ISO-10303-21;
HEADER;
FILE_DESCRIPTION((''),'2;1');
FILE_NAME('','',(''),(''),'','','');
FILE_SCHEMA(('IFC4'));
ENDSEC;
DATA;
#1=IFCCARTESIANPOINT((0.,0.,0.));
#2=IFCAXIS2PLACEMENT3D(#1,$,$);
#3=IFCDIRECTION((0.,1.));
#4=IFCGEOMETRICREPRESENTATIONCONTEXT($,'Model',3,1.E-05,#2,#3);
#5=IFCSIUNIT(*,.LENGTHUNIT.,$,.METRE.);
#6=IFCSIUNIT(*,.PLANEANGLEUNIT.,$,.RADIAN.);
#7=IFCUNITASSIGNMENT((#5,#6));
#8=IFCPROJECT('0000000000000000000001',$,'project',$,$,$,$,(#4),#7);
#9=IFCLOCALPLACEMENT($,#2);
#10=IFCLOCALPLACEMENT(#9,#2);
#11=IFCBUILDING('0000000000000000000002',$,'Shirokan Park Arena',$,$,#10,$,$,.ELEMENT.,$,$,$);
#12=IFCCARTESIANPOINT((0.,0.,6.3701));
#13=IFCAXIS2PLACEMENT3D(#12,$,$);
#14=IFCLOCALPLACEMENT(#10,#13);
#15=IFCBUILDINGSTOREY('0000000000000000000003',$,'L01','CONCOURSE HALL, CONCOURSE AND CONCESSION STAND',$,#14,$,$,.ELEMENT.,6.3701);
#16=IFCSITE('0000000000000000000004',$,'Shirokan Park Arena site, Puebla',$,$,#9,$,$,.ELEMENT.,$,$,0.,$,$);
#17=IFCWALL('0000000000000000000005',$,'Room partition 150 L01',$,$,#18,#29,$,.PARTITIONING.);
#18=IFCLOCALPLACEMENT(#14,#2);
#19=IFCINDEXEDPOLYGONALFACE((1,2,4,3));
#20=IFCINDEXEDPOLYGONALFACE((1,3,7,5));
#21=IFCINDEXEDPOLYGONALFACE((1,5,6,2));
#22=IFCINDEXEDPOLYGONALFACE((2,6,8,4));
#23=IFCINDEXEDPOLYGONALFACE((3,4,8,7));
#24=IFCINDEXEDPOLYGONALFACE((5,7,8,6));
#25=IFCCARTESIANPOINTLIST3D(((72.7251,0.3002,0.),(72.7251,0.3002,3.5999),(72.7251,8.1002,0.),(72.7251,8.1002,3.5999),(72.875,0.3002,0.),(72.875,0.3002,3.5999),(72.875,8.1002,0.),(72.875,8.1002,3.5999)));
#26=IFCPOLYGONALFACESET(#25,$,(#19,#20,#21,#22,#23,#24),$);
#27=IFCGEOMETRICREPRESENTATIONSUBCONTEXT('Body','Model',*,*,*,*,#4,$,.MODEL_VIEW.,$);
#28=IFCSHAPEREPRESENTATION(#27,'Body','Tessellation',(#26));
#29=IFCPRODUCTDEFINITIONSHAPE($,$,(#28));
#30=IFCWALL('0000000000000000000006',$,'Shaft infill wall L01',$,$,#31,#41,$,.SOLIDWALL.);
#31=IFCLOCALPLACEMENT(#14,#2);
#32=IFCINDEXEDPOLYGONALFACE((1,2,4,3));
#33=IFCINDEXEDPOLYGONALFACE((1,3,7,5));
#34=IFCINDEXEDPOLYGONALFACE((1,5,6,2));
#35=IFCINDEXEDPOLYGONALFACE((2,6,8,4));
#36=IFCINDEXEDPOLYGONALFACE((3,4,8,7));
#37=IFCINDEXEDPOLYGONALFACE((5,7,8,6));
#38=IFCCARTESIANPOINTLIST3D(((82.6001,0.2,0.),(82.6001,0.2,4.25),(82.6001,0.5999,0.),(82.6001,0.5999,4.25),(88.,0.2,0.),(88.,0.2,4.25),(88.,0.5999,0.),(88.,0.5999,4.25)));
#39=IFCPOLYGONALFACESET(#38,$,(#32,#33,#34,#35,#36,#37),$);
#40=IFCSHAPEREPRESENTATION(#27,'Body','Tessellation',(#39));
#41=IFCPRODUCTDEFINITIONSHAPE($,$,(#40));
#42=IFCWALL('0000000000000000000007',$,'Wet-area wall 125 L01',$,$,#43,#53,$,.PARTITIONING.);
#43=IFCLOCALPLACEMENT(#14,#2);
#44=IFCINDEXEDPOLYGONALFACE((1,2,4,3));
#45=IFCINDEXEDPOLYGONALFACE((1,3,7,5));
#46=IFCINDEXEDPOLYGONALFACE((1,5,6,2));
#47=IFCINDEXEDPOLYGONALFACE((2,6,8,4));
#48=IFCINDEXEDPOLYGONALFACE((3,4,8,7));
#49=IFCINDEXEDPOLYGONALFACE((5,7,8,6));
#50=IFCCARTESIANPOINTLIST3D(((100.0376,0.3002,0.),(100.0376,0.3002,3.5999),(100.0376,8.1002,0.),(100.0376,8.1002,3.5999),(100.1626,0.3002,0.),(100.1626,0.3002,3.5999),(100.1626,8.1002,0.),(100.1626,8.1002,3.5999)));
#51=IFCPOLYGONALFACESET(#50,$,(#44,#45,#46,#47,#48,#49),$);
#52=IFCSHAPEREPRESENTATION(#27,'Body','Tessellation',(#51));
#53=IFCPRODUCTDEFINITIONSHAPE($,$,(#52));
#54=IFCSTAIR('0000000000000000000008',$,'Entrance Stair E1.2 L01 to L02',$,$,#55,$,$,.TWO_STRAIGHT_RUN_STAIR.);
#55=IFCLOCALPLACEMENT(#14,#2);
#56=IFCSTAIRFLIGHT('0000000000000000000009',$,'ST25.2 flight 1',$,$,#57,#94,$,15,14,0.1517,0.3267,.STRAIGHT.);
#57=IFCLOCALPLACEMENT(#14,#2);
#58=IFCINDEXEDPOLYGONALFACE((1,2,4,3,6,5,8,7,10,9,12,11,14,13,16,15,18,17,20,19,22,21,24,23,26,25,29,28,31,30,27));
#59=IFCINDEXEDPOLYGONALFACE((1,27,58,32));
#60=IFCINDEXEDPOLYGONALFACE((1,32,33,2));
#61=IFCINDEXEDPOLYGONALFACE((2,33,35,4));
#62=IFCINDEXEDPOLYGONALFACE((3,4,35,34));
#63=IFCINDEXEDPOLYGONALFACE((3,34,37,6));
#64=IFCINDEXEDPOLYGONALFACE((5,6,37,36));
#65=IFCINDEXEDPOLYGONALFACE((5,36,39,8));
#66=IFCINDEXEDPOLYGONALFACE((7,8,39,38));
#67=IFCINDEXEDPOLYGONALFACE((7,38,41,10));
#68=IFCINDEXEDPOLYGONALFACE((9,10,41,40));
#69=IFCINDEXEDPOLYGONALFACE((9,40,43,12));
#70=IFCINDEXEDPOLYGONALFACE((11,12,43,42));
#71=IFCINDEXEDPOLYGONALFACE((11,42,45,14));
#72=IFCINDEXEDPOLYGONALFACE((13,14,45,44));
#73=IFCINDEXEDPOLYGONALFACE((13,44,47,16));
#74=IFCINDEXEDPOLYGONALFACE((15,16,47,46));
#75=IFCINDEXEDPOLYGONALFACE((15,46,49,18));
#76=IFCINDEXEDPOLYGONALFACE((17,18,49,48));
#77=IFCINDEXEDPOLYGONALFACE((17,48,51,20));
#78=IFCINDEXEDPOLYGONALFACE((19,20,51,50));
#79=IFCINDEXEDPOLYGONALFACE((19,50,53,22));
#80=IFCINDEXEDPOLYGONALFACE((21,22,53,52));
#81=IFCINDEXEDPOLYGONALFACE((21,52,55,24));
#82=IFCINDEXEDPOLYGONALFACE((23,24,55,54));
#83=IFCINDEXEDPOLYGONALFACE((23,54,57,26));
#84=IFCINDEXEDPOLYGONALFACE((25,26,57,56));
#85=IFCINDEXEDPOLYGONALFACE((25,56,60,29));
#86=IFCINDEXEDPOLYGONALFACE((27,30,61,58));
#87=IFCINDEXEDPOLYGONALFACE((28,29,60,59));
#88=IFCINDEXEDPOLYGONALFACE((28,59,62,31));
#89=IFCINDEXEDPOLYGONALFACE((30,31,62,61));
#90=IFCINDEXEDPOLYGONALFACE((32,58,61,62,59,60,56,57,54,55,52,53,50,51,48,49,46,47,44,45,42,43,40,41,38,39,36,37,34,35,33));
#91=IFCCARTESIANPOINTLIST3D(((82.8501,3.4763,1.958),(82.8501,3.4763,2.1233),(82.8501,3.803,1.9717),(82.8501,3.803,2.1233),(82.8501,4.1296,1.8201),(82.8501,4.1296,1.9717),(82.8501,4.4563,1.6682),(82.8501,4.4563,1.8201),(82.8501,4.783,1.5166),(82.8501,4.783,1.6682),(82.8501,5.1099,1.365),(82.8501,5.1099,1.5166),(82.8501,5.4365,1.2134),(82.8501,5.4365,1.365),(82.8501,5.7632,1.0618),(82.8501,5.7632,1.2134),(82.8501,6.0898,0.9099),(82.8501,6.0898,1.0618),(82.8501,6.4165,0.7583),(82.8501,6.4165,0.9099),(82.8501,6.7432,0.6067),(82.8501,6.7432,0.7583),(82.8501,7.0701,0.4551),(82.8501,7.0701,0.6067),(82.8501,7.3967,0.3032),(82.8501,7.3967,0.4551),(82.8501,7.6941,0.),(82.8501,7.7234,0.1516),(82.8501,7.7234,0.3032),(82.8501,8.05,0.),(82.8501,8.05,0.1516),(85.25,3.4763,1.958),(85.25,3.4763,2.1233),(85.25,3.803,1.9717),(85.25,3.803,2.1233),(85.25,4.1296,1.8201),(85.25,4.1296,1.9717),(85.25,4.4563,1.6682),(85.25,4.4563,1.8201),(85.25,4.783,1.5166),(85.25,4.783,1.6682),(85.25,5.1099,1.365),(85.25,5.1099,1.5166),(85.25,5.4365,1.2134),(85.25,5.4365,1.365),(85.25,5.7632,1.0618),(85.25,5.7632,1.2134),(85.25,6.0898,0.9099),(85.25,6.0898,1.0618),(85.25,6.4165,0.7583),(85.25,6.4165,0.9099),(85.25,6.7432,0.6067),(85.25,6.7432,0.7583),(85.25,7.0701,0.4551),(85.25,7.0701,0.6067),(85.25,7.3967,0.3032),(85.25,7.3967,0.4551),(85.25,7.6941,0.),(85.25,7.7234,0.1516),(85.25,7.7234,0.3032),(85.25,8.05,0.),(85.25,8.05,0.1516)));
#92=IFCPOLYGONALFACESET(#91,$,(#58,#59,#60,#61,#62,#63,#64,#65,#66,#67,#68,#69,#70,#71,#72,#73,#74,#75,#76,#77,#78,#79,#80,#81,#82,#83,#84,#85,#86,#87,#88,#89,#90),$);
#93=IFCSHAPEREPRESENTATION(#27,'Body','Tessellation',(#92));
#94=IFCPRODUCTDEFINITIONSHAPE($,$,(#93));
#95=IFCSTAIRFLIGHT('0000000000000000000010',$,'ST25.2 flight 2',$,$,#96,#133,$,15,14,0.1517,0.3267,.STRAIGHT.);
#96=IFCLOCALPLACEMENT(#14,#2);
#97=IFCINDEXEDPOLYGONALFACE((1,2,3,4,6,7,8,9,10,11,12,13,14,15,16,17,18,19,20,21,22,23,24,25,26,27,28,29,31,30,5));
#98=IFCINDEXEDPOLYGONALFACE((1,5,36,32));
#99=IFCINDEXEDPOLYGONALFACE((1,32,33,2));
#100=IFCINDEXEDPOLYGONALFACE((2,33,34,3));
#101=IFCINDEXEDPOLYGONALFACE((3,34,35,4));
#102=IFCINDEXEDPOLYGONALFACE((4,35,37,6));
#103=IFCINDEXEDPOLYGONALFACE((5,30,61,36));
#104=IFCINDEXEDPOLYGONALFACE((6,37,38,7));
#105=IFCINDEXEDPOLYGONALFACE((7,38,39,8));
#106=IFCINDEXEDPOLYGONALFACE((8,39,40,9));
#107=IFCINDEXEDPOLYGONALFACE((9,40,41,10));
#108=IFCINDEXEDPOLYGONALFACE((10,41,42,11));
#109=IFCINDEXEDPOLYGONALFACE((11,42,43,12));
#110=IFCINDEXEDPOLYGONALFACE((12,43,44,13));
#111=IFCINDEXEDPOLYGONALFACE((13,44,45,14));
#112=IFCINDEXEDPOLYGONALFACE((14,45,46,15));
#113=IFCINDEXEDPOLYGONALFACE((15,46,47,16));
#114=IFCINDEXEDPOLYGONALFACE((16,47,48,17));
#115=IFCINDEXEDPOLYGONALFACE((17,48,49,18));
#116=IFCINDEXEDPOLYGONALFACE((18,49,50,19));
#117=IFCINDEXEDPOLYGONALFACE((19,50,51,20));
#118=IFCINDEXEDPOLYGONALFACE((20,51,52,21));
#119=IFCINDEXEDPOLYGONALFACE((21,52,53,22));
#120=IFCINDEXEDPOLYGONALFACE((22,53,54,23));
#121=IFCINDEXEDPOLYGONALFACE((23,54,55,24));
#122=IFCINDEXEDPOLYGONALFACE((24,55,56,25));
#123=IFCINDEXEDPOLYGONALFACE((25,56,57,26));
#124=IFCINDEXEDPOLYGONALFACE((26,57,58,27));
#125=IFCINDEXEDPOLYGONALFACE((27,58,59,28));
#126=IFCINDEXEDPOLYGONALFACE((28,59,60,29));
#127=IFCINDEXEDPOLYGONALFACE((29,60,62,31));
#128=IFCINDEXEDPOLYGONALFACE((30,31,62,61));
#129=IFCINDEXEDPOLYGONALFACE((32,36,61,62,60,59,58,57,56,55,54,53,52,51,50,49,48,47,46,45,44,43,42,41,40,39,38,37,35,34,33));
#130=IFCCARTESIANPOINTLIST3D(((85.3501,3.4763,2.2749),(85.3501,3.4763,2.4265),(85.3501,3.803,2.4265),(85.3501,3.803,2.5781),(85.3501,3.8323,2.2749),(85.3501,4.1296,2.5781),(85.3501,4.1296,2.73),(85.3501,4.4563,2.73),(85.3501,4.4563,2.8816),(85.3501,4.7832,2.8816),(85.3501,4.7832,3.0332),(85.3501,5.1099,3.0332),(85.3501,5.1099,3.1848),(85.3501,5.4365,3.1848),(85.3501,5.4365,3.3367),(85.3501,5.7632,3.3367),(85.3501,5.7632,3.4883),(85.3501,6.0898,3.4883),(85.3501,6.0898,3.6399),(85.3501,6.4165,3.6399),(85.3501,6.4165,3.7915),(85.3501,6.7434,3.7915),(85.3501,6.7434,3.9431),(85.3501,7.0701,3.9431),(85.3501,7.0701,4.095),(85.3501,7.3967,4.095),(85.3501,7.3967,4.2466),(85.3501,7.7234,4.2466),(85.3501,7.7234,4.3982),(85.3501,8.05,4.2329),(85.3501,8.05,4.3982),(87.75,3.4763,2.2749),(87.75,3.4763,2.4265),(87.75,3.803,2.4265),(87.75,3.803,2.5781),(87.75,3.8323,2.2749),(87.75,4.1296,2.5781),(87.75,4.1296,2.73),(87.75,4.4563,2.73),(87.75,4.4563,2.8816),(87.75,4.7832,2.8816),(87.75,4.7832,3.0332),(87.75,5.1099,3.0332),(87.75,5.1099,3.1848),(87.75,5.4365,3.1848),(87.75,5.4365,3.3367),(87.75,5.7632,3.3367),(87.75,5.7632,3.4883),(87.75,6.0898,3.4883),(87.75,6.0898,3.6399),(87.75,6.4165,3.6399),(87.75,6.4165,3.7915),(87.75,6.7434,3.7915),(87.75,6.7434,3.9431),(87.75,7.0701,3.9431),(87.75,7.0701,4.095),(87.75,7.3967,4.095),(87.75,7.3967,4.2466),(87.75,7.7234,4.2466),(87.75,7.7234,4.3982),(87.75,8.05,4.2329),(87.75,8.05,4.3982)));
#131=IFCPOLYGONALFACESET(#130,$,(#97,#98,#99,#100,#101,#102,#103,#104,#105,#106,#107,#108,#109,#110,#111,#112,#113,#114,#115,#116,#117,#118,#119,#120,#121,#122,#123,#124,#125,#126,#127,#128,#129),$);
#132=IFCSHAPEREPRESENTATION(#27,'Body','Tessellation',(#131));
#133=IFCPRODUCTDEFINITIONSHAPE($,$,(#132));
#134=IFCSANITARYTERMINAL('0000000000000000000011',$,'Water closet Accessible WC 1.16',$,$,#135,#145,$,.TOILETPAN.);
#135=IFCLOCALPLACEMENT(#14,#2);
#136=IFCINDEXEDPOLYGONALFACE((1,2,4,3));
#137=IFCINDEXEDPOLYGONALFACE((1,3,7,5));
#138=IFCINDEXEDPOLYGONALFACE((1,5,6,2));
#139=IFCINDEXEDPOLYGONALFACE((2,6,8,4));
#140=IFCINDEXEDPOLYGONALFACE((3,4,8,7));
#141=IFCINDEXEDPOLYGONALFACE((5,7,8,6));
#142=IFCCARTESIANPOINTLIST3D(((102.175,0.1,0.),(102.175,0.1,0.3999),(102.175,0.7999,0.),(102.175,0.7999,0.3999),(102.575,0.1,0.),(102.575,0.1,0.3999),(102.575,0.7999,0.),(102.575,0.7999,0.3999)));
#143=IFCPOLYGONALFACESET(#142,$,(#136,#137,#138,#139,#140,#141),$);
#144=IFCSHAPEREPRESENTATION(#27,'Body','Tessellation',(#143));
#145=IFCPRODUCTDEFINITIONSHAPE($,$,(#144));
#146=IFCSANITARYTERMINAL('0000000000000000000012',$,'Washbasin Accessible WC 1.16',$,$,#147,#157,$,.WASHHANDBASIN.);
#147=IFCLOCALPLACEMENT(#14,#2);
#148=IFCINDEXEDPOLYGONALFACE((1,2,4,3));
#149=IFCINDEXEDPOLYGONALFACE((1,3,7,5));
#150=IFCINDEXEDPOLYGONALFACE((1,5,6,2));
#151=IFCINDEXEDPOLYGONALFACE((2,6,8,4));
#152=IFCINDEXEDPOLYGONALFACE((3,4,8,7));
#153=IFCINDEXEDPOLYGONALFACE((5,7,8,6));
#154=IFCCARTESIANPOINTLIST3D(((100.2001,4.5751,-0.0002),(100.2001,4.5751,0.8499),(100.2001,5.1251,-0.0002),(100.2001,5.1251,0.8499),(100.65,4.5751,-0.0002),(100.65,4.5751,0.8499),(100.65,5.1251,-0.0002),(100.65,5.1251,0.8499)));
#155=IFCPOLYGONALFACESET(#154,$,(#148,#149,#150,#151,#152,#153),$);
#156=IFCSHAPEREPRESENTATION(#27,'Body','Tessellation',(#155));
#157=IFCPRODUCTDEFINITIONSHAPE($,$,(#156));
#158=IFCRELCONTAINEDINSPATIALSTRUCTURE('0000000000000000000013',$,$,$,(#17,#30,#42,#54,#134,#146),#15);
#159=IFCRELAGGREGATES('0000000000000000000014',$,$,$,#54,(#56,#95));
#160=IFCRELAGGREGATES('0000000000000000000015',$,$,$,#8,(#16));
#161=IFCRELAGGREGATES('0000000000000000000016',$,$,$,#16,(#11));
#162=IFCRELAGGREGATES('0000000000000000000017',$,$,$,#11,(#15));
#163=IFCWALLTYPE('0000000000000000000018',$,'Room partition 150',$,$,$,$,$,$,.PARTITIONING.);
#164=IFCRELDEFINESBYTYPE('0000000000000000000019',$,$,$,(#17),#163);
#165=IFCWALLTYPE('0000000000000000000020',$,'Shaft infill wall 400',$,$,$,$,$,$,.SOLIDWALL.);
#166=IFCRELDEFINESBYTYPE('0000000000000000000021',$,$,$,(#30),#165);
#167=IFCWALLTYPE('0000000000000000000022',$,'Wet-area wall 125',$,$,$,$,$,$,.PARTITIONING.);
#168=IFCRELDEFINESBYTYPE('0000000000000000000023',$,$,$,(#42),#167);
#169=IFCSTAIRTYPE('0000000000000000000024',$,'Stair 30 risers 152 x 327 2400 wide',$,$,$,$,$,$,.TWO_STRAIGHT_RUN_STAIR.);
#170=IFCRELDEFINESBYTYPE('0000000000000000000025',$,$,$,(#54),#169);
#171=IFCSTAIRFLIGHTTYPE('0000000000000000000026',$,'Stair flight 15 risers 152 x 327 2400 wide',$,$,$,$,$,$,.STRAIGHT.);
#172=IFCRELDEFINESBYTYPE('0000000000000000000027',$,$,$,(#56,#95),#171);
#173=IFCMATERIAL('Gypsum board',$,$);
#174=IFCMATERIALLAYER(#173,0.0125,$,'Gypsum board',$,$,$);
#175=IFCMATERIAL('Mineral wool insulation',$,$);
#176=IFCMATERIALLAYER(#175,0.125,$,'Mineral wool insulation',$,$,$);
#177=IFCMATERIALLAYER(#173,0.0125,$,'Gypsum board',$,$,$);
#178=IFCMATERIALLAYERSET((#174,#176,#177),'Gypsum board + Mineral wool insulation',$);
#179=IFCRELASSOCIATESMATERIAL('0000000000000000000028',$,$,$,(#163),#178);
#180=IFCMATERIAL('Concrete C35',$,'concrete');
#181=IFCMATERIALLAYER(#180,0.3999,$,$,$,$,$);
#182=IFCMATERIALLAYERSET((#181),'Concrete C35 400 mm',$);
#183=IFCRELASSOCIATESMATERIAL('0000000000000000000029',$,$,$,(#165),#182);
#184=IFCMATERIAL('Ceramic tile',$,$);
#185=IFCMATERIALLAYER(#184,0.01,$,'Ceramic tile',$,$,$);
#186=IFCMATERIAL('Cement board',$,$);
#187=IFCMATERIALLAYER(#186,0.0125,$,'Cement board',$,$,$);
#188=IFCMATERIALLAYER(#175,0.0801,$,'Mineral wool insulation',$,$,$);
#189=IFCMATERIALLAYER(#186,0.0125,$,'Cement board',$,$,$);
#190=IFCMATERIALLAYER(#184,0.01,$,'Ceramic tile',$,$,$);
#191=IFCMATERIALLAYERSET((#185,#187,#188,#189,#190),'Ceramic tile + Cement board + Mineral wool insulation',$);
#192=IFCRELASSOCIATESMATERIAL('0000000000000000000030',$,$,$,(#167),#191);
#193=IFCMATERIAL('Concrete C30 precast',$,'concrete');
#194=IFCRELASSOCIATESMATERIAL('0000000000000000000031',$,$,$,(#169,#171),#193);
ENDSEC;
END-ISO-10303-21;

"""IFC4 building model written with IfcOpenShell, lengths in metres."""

from ifc_helpers import new_model, si_unit, direction, frame, frame_2d, origin, origin_2d, place, context, subcontext, project, spatial, polyline, rectangle, outline, extrude, material, layer, layer_set, type_object, element, aggregate, save


model = new_model("IFC4")

# Units and contexts
model_context = context("Model", 3, precision=1e-05, world=origin(), true_north=direction((0.0, 1.0)))
body_context = subcontext(model_context, "Body", "Model", "MODEL_VIEW")
ifc_project = project(units=[si_unit("LENGTHUNIT", "METRE"), si_unit("PLANEANGLEUNIT", "RADIAN")], contexts=[model_context])

# Site, building, storey
site_placement = place(None, origin())
site = spatial("IfcSite", under=ifc_project, at=site_placement, Name="Shirokan Park Arena site, Puebla", CompositionType="ELEMENT", RefElevation=0.0)
building_placement = place(site_placement, origin())
building = spatial("IfcBuilding", under=site, at=building_placement, Name="Shirokan Park Arena", CompositionType="ELEMENT")
storey_placement = place(building_placement, frame((0.0, 0.0, 6.3701)))
storey = spatial("IfcBuildingStorey", under=building, at=storey_placement, Name="L01", Description="CONCOURSE HALL, CONCOURSE AND CONCESSION STAND", CompositionType="ELEMENT", Elevation=6.3701)

# Shared definitions
ifc_material_1 = material(Name="Concrete C35", Category="concrete")

# Shared definitions
ifc_material_2 = material(Name="Gypsum board")
ifc_material_3 = material(Name="Mineral wool insulation")

# Walls
ifc_layer_1 = layer(ifc_material_2, 0.0125, Name="Gypsum board")
ifc_layer_2 = layer(ifc_material_3, 0.125, Name="Mineral wool insulation")
ifc_layer_3 = layer(ifc_material_2, 0.0125, Name="Gypsum board")
ifc_layer_set_1 = layer_set([ifc_layer_1, ifc_layer_2, ifc_layer_3], Name="Gypsum board + Mineral wool insulation")
wall_type_1 = type_object("IfcWallType", Name="Room partition 150", PredefinedType="PARTITIONING", material=ifc_layer_set_1)
wall_1_placement = place(storey_placement, frame((72.8, 8.1001, 0.0), z_axis=(0.0, 0.0, 1.0), x_axis=(0.0, -1.0, 0.0)))
element("IfcWall", 1, at=wall_1_placement, inside=storey, type_object=wall_type_1, Name="Room partition 150 L01", PredefinedType="PARTITIONING", context=body_context, shape_type="SweptSolid", body=[
    extrude(rectangle(XDim=7.8, YDim=0.1499, at=frame_2d((3.8999, 0.0))), origin(), (0.0, 0.0, 1.0), 3.5999),
])
ifc_layer_4 = layer(ifc_material_1, 0.3999)
ifc_layer_set_2 = layer_set([ifc_layer_4], Name="Concrete C35 400 mm")
wall_type_2 = type_object("IfcWallType", Name="Shaft infill wall 400", PredefinedType="SOLIDWALL", material=ifc_layer_set_2)
wall_2_placement = place(storey_placement, frame((82.6001, 0.3999, 0.0), z_axis=(0.0, 0.0, 1.0), x_axis=(1.0, 0.0, 0.0)))
element("IfcWall", 2, at=wall_2_placement, inside=storey, type_object=wall_type_2, Name="Shaft infill wall L01", PredefinedType="SOLIDWALL", context=body_context, shape_type="SweptSolid", body=[
    extrude(rectangle(XDim=5.3999, YDim=0.3999, at=frame_2d((2.7, 0.0))), origin(), (0.0, 0.0, 1.0), 4.25),
])
ifc_material_4 = material(Name="Ceramic tile")
ifc_layer_5 = layer(ifc_material_4, 0.01, Name="Ceramic tile")
ifc_material_5 = material(Name="Cement board")
ifc_layer_6 = layer(ifc_material_5, 0.0125, Name="Cement board")
ifc_layer_7 = layer(ifc_material_3, 0.0801, Name="Mineral wool insulation")
ifc_layer_8 = layer(ifc_material_5, 0.0125, Name="Cement board")
ifc_layer_9 = layer(ifc_material_4, 0.01, Name="Ceramic tile")
ifc_layer_set_3 = layer_set([ifc_layer_5, ifc_layer_6, ifc_layer_7, ifc_layer_8, ifc_layer_9], Name="Ceramic tile + Cement board + Mineral wool insulation")
wall_type_3 = type_object("IfcWallType", Name="Wet-area wall 125", PredefinedType="PARTITIONING", material=ifc_layer_set_3)
wall_3_placement = place(storey_placement, frame((100.1001, 8.1001, 0.0), z_axis=(0.0, 0.0, 1.0), x_axis=(0.0, -1.0, 0.0)))
element("IfcWall", 3, at=wall_3_placement, inside=storey, type_object=wall_type_3, Name="Wet-area wall 125 L01", PredefinedType="PARTITIONING", context=body_context, shape_type="SweptSolid", body=[
    extrude(rectangle(XDim=7.8, YDim=0.125, at=frame_2d((3.8999, 0.0))), origin(), (0.0, 0.0, 1.0), 3.5999),
])

# Stair, stair flights
ifc_material_6 = material(Name="Concrete C30 precast", Category="concrete")
stair_type = type_object("IfcStairType", Name="Stair 30 risers 152 x 327 2400 wide", PredefinedType="TWO_STRAIGHT_RUN_STAIR", material=ifc_material_6)
stair_placement = place(storey_placement, origin())
stair = element("IfcStair", 4, at=stair_placement, inside=storey, type_object=stair_type, Name="Entrance Stair E1.2 L01 to L02", PredefinedType="TWO_STRAIGHT_RUN_STAIR")
stair_flight_type = type_object("IfcStairFlightType", Name="Stair flight 15 risers 152 x 327 2400 wide", PredefinedType="STRAIGHT", material=ifc_material_6)
stair_flight_1_placement = place(storey_placement, frame((84.05, 8.05, 0.0), z_axis=(0.0, 0.0, 1.0), x_axis=(0.0, -1.0, 0.0)))
stair_flight_1 = element("IfcStairFlight", 5, at=stair_flight_1_placement, type_object=stair_flight_type, Name="ST25.2 flight 1", NumberOfRisers=15, NumberOfTreads=14, PredefinedType="STRAIGHT", RiserHeight=0.1517, TreadLength=0.3267, context=body_context, shape_type="SweptSolid", body=[
    extrude(outline(polyline([(0.0, 0.0), (0.0, 0.1516), (0.3267, 0.1516), (0.3267, 0.3032), (0.6533, 0.3032), (0.6533, 0.4551), (0.98, 0.4551), (0.98, 0.6067), (1.3069, 0.6067), (1.3069, 0.7583), (1.6335, 0.7583), (1.6335, 0.9099), (1.9602, 0.9099), (1.9602, 1.0618), (2.2869, 1.0618), (2.2869, 1.2134), (2.6135, 1.2134), (2.6135, 1.365), (2.9402, 1.365), (2.9402, 1.5166), (3.2671, 1.5166), (3.2671, 1.6682), (3.5938, 1.6682), (3.5938, 1.8201), (3.9204, 1.8201), (3.9204, 1.9717), (4.2471, 1.9717), (4.2471, 2.1233), (4.5737, 2.1233), (4.5737, 2.2749), (4.5737, 1.958), (0.356, 0.0), (0.0, 0.0)])), frame((0.0, 1.2, 0.0), z_axis=(0.0, -1.0, 0.0), x_axis=(1.0, 0.0, 0.0)), (0.0, 0.0, 1.0), 2.3999),
])
stair_flight_2_placement = place(storey_placement, frame((86.55, 3.4763, 2.2749), z_axis=(0.0, 0.0, 1.0), x_axis=(0.0, 1.0, 0.0)))
stair_flight_2 = element("IfcStairFlight", 6, at=stair_flight_2_placement, type_object=stair_flight_type, Name="ST25.2 flight 2", NumberOfRisers=15, NumberOfTreads=14, PredefinedType="STRAIGHT", RiserHeight=0.1517, TreadLength=0.3267, context=body_context, shape_type="SweptSolid", body=[
    extrude(outline(polyline([(0.0, 0.0), (0.0, 0.1516), (0.3267, 0.1516), (0.3267, 0.3032), (0.6533, 0.3032), (0.6533, 0.4551), (0.98, 0.4551), (0.98, 0.6067), (1.3069, 0.6067), (1.3069, 0.7583), (1.6335, 0.7583), (1.6335, 0.9099), (1.9602, 0.9099), (1.9602, 1.0618), (2.2869, 1.0618), (2.2869, 1.2134), (2.6135, 1.2134), (2.6135, 1.365), (2.9402, 1.365), (2.9402, 1.5166), (3.2671, 1.5166), (3.2671, 1.6682), (3.5938, 1.6682), (3.5938, 1.8201), (3.9204, 1.8201), (3.9204, 1.9717), (4.2471, 1.9717), (4.2471, 2.1233), (4.5737, 2.1233), (4.5737, 2.2749), (4.5737, 1.958), (0.356, 0.0), (0.0, 0.0)])), frame((0.0, 1.2, 0.0), z_axis=(0.0, -1.0, 0.0), x_axis=(1.0, 0.0, 0.0)), (0.0, 0.0, 1.0), 2.3999),
])
aggregate(stair, [stair_flight_1, stair_flight_2])

# Sanitary terminals
sanitary_terminal_1_placement = place(storey_placement, frame((102.375, 0.45, 0.0), z_axis=(0.0, 0.0, 1.0), x_axis=(1.0, 0.0, 0.0)))
element("IfcSanitaryTerminal", 7, at=sanitary_terminal_1_placement, inside=storey, Name="Water closet Accessible WC 1.16", PredefinedType="TOILETPAN", context=body_context, shape_type="SweptSolid", body=[
    extrude(rectangle(XDim=0.3999, YDim=0.7, at=origin_2d()), origin(), (0.0, 0.0, 1.0), 0.3999),
])
sanitary_terminal_2_placement = place(storey_placement, frame((100.425, 4.8501, -0.0002), z_axis=(0.0, 0.0, 1.0), x_axis=(1.0, 0.0, 0.0)))
element("IfcSanitaryTerminal", 8, at=sanitary_terminal_2_placement, inside=storey, Name="Washbasin Accessible WC 1.16", PredefinedType="WASHHANDBASIN", context=body_context, shape_type="SweptSolid", body=[
    extrude(rectangle(XDim=0.45, YDim=0.55, at=origin_2d()), origin(), (0.0, 0.0, 1.0), 0.8501),
])

save(model, "model.ifc")
